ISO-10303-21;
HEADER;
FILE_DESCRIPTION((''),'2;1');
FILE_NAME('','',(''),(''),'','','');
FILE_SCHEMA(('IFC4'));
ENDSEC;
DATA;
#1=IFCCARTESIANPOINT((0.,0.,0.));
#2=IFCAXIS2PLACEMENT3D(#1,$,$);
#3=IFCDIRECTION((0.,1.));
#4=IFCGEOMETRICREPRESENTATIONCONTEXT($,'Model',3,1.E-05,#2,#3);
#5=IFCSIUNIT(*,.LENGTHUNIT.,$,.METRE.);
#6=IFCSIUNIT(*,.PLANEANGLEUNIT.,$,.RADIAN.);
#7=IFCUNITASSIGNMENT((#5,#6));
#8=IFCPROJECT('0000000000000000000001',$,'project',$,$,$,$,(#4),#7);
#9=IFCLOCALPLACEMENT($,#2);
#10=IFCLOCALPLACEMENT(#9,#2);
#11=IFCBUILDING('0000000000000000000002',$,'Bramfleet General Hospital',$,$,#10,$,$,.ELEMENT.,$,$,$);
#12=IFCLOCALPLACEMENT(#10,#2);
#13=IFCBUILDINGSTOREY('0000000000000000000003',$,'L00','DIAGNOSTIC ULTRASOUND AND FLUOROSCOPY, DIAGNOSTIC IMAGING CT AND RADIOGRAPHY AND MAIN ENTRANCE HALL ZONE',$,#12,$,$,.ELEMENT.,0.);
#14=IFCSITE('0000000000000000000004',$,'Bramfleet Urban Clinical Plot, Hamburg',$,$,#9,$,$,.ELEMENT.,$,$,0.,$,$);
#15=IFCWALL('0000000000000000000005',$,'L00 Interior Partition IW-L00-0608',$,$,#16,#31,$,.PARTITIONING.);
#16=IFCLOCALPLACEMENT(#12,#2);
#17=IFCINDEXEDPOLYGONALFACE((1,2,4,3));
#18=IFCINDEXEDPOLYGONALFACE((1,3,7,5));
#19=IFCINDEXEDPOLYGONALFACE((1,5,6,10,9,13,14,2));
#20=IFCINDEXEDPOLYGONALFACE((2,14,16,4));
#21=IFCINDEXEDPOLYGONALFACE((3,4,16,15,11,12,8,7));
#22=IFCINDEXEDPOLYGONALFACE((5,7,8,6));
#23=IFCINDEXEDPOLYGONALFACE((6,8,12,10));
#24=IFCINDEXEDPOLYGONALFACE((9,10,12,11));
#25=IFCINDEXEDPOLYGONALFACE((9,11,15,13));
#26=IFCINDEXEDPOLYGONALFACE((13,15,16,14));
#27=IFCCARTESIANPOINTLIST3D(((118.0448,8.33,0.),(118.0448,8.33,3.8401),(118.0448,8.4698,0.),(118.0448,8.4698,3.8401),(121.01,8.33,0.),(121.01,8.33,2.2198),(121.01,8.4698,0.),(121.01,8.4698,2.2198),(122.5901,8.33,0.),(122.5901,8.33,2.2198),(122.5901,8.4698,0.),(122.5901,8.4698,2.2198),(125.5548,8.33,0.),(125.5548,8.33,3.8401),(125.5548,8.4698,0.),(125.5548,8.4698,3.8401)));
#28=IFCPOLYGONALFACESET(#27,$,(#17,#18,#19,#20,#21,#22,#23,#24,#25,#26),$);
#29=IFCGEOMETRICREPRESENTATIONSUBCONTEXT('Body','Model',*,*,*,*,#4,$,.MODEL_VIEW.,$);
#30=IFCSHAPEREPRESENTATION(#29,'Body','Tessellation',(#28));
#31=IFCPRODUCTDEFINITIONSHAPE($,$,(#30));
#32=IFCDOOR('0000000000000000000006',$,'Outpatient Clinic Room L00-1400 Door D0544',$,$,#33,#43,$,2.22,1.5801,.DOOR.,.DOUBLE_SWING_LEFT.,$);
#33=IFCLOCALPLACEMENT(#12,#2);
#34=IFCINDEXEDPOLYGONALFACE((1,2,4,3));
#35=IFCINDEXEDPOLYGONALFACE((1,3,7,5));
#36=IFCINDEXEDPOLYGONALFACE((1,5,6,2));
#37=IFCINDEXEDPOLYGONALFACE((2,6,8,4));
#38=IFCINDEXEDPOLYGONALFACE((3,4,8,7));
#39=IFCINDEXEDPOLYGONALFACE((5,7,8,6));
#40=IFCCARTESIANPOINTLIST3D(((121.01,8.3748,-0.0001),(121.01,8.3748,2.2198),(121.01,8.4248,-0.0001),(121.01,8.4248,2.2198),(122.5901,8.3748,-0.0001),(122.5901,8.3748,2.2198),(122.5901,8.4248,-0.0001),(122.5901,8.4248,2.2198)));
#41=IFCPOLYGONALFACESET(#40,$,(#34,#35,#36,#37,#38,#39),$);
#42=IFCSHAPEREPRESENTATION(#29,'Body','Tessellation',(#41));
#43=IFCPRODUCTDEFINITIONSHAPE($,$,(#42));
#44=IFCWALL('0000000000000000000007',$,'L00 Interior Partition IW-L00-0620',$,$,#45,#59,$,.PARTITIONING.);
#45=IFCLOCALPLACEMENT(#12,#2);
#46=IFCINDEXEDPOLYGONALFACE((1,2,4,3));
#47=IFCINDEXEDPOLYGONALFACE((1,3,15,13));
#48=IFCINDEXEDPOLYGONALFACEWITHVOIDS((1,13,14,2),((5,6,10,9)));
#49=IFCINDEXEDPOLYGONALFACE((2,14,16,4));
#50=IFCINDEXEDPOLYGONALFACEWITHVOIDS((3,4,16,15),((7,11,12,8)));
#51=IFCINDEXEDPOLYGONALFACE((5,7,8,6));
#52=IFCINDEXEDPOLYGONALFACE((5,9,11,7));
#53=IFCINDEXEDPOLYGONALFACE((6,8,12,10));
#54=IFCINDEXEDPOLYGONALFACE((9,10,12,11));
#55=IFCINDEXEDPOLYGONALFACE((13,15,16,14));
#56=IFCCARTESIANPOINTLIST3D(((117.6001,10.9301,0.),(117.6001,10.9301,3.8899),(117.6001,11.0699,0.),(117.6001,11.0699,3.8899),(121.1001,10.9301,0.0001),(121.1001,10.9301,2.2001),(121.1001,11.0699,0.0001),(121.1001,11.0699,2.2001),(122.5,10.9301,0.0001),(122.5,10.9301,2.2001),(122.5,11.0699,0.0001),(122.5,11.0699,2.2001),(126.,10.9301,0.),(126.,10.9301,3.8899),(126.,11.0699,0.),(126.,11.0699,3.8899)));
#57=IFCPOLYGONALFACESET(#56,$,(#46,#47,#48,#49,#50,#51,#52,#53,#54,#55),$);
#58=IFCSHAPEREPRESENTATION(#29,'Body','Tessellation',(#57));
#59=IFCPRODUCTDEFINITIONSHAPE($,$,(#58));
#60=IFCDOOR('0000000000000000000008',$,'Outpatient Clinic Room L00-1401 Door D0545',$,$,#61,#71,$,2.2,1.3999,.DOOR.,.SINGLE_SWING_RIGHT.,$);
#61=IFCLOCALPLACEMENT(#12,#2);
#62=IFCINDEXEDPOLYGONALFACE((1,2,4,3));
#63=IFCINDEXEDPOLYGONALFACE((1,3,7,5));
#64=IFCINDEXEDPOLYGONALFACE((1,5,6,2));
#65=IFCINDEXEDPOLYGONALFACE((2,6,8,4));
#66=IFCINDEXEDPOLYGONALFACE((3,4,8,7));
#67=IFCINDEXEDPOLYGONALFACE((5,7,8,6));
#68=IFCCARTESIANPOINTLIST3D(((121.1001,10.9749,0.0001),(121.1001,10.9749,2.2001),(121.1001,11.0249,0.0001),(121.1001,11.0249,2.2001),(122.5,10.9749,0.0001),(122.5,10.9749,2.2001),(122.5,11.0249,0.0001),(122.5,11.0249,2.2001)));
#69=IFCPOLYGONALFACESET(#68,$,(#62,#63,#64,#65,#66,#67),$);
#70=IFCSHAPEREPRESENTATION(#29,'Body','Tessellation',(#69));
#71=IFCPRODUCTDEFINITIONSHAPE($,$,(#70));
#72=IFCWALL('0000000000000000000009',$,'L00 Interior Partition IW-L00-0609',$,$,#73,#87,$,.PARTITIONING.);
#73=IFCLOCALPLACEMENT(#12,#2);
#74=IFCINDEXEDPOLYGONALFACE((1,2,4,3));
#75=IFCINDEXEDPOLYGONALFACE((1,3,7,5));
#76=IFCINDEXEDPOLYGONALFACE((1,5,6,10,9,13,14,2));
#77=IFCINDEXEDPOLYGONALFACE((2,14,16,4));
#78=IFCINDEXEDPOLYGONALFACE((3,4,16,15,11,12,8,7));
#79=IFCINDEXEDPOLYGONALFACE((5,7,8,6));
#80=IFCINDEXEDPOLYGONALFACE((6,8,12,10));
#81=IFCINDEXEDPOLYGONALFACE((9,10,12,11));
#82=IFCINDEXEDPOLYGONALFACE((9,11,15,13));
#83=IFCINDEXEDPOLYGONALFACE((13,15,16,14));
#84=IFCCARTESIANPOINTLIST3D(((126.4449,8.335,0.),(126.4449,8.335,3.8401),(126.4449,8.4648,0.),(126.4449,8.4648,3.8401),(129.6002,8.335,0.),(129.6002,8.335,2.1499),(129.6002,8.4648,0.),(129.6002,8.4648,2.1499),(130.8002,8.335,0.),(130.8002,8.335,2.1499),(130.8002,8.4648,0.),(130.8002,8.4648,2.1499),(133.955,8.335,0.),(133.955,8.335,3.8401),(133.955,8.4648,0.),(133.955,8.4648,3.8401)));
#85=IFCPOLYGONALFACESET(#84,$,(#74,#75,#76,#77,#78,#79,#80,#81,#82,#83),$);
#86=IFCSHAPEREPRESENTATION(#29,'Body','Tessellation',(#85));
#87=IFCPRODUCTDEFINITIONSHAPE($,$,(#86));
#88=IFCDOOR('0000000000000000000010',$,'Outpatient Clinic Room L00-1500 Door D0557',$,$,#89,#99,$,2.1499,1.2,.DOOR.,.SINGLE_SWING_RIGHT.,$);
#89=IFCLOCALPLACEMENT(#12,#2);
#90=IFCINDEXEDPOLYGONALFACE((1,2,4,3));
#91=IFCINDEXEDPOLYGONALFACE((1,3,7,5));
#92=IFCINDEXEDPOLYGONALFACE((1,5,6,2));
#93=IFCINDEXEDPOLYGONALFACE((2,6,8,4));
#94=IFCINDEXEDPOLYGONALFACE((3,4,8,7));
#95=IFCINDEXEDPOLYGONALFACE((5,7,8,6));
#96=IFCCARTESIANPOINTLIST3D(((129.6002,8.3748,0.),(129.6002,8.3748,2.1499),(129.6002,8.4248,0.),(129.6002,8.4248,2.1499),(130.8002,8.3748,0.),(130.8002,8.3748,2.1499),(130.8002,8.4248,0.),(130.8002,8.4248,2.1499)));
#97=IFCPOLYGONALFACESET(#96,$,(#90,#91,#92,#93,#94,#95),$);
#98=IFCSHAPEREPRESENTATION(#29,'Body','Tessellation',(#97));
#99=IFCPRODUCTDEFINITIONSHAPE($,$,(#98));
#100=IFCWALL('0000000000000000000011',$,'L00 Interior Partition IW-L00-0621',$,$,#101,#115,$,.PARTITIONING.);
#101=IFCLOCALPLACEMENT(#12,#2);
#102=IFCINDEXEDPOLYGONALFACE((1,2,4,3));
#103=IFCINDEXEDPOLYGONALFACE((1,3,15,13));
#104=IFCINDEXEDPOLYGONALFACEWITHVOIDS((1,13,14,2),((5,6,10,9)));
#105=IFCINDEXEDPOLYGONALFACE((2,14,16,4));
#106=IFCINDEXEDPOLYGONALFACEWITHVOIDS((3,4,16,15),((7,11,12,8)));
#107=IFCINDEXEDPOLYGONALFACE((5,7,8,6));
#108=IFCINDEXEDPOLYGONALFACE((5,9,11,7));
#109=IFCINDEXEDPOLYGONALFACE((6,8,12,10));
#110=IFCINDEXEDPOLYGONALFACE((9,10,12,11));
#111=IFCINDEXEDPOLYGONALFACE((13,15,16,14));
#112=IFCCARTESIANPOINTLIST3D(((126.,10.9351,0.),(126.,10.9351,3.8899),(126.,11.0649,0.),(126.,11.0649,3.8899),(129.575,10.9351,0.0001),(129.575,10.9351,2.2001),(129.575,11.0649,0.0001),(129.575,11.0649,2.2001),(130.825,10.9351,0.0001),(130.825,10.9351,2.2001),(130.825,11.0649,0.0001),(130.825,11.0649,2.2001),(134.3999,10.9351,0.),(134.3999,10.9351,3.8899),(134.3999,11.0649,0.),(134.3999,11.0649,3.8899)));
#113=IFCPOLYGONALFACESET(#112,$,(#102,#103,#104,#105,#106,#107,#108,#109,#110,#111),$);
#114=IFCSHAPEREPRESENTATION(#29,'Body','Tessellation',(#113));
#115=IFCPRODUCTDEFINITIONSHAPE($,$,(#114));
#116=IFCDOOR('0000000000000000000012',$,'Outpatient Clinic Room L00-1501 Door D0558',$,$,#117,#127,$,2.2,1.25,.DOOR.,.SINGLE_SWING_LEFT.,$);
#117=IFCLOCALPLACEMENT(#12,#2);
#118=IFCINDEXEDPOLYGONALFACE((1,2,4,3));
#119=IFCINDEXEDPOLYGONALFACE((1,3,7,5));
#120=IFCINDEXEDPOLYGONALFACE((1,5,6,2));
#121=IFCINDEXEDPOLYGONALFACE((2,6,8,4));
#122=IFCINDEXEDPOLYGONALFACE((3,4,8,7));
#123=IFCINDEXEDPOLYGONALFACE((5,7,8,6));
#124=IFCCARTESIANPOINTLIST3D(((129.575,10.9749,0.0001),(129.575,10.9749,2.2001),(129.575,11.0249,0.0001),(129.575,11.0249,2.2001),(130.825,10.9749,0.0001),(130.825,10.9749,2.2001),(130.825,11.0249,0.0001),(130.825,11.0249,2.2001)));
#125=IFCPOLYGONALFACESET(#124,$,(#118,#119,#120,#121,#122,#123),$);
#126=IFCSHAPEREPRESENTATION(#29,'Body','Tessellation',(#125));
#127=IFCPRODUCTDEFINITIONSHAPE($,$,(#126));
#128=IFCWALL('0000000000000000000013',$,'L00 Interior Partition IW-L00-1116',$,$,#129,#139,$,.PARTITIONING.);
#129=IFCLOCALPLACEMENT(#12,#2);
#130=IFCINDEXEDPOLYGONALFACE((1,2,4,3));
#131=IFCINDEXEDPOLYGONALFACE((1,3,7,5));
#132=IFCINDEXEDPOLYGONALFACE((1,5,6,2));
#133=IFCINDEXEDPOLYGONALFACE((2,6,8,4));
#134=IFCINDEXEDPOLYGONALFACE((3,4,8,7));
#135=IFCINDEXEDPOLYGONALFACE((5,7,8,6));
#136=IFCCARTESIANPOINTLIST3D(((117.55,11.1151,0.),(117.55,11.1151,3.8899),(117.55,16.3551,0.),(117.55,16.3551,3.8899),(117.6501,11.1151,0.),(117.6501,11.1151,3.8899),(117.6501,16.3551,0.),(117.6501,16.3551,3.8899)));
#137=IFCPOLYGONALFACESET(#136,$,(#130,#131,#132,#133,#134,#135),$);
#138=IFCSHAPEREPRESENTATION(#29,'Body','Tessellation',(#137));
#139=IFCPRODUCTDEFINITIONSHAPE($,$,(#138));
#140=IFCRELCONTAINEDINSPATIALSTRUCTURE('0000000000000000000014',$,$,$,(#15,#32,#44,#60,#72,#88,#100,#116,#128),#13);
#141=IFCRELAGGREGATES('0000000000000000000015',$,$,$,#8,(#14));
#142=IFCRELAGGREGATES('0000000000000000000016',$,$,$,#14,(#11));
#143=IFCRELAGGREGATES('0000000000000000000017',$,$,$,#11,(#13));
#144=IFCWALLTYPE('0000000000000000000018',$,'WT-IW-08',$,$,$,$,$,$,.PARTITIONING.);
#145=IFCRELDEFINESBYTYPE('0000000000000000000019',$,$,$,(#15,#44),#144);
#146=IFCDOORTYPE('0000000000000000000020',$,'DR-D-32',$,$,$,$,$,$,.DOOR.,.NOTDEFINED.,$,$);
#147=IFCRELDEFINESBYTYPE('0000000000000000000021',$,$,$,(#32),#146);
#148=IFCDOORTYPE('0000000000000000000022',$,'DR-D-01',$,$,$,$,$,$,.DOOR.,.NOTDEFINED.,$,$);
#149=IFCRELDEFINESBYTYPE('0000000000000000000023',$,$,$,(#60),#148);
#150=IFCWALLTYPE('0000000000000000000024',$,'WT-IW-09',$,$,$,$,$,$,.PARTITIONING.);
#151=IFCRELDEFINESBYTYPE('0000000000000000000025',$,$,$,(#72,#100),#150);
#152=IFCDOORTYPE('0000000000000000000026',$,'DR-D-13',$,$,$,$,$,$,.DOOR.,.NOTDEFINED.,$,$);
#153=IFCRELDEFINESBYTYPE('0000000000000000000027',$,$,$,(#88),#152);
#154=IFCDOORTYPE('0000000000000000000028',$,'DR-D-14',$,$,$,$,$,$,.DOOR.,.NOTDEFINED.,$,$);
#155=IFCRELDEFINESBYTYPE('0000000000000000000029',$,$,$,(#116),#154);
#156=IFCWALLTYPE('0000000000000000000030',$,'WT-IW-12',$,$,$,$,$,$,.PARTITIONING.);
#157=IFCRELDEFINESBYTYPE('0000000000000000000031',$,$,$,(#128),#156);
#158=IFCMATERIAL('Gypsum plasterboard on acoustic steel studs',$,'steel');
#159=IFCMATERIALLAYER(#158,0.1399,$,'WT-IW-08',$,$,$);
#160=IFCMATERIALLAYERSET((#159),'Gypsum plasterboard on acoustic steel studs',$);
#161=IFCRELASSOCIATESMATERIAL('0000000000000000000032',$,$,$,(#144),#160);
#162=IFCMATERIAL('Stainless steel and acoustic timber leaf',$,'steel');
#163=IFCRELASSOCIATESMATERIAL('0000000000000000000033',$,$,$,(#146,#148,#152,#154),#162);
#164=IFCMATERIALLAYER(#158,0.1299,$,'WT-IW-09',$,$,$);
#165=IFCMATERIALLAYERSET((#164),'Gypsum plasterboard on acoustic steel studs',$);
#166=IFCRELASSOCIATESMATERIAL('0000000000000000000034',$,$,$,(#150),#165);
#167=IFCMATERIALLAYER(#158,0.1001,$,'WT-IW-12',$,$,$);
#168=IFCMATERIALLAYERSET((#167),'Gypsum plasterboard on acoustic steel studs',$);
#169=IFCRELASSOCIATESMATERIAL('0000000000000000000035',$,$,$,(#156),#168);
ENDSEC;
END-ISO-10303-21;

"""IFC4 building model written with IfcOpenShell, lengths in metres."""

from ifc_helpers import new_model, si_unit, direction, frame, frame_2d, origin, place, context, subcontext, project, spatial, rectangle, extrude, material, layer, layer_set, type_object, element, fill, save


model = new_model("IFC4")

# Units and contexts
model_context = context("Model", 3, precision=1e-05, world=origin(), true_north=direction((0.0, 1.0)))
body_context = subcontext(model_context, "Body", "Model", "MODEL_VIEW")
ifc_project = project(units=[si_unit("LENGTHUNIT", "METRE"), si_unit("PLANEANGLEUNIT", "RADIAN")], contexts=[model_context])

# Site, building, storey
site_placement = place(None, origin())
site = spatial("IfcSite", under=ifc_project, at=site_placement, Name="Bramfleet Urban Clinical Plot, Hamburg", CompositionType="ELEMENT", RefElevation=0.0)
building_placement = place(site_placement, origin())
building = spatial("IfcBuilding", under=site, at=building_placement, Name="Bramfleet General Hospital", CompositionType="ELEMENT")
storey_placement = place(building_placement, origin())
storey = spatial("IfcBuildingStorey", under=building, at=storey_placement, Name="L00", Description="DIAGNOSTIC ULTRASOUND AND FLUOROSCOPY, DIAGNOSTIC IMAGING CT AND RADIOGRAPHY AND MAIN ENTRANCE HALL ZONE", CompositionType="ELEMENT", Elevation=0.0)

# Walls, openings, doors
ifc_material_1 = material(Name="Gypsum plasterboard on acoustic steel studs", Category="steel")
ifc_layer_1 = layer(ifc_material_1, 0.1399, Name="WT-IW-08")
ifc_layer_set_1 = layer_set([ifc_layer_1], Name="Gypsum plasterboard on acoustic steel studs")
wall_type_1 = type_object("IfcWallType", Name="WT-IW-08", PredefinedType="PARTITIONING", material=ifc_layer_set_1)
wall_1_placement = place(storey_placement, frame((118.0449, 8.3999, 0.0), z_axis=(0.0, 0.0, 1.0), x_axis=(1.0, 0.0, 0.0)))
wall_1 = element("IfcWall", 1, at=wall_1_placement, inside=storey, type_object=wall_type_1, Name="L00 Interior Partition IW-L00-0608", PredefinedType="PARTITIONING", context=body_context, shape_type="SweptSolid", body=[
    extrude(rectangle(XDim=7.51, YDim=0.1399, at=frame_2d((3.7549, 0.0))), origin(), (0.0, 0.0, 1.0), 3.8401),
])
opening_1_placement = place(wall_1_placement, frame((2.9651, 0.0, 0.0)))
opening_1 = element("IfcOpeningElement", 2, at=opening_1_placement, cuts=wall_1, PredefinedType="OPENING", context=body_context, shape_type="SweptSolid", body=[
    extrude(rectangle(XDim=1.5801, YDim=2.22, at=frame_2d((0.79, 1.1099))), frame((0.0, 0.0798, 0.0), z_axis=(0.0, -1.0, 0.0), x_axis=(1.0, 0.0, 0.0)), (0.0, 0.0, 1.0), 0.1599),
])
ifc_material_2 = material(Name="Stainless steel and acoustic timber leaf", Category="steel")
door_type_1 = type_object("IfcDoorType", Name="DR-D-32", OperationType="NOTDEFINED", PredefinedType="DOOR", material=ifc_material_2)
door_1_placement = place(opening_1_placement, origin())
door_1 = element("IfcDoor", 3, at=door_1_placement, inside=storey, type_object=door_type_1, Name="Outpatient Clinic Room L00-1400 Door D0544", OperationType="DOUBLE_SWING_LEFT", OverallHeight=2.22, OverallWidth=1.5801, PredefinedType="DOOR", context=body_context, shape_type="SweptSolid", body=[
    extrude(rectangle(XDim=1.5801, YDim=2.22, at=frame_2d((0.79, 1.1099))), frame((0.0, 0.0249, 0.0), z_axis=(0.0, -1.0, 0.0), x_axis=(1.0, 0.0, 0.0)), (0.0, 0.0, 1.0), 0.05),
])
fill(opening_1, door_1)
wall_2_placement = place(storey_placement, frame((117.6001, 11.0, 0.0), z_axis=(0.0, 0.0, 1.0), x_axis=(1.0, 0.0, 0.0)))
wall_2 = element("IfcWall", 4, at=wall_2_placement, inside=storey, type_object=wall_type_1, Name="L00 Interior Partition IW-L00-0620", PredefinedType="PARTITIONING", context=body_context, shape_type="SweptSolid", body=[
    extrude(rectangle(XDim=8.3999, YDim=0.1399, at=frame_2d((4.2, 0.0))), origin(), (0.0, 0.0, 1.0), 3.8899),
])
opening_2_placement = place(wall_2_placement, frame((3.5, 0.0, 0.0)))
opening_2 = element("IfcOpeningElement", 5, at=opening_2_placement, cuts=wall_2, PredefinedType="OPENING", context=body_context, shape_type="SweptSolid", body=[
    extrude(rectangle(XDim=1.3999, YDim=2.2, at=frame_2d((0.7, 1.1001))), frame((0.0, 0.0798, 0.0), z_axis=(0.0, -1.0, 0.0), x_axis=(1.0, 0.0, 0.0)), (0.0, 0.0, 1.0), 0.1599),
])
door_type_2 = type_object("IfcDoorType", Name="DR-D-01", OperationType="NOTDEFINED", PredefinedType="DOOR", material=ifc_material_2)
door_2_placement = place(opening_2_placement, origin())
door_2 = element("IfcDoor", 6, at=door_2_placement, inside=storey, type_object=door_type_2, Name="Outpatient Clinic Room L00-1401 Door D0545", OperationType="SINGLE_SWING_RIGHT", OverallHeight=2.2, OverallWidth=1.3999, PredefinedType="DOOR", context=body_context, shape_type="SweptSolid", body=[
    extrude(rectangle(XDim=1.3999, YDim=2.2, at=frame_2d((0.7, 1.1001))), frame((0.0, 0.0249, 0.0), z_axis=(0.0, -1.0, 0.0), x_axis=(1.0, 0.0, 0.0)), (0.0, 0.0, 1.0), 0.05),
])
fill(opening_2, door_2)
ifc_layer_2 = layer(ifc_material_1, 0.1299, Name="WT-IW-09")
ifc_layer_set_2 = layer_set([ifc_layer_2], Name="Gypsum plasterboard on acoustic steel studs")
wall_type_2 = type_object("IfcWallType", Name="WT-IW-09", PredefinedType="PARTITIONING", material=ifc_layer_set_2)
wall_3_placement = place(storey_placement, frame((126.4451, 8.3999, 0.0), z_axis=(0.0, 0.0, 1.0), x_axis=(1.0, 0.0, 0.0)))
wall_3 = element("IfcWall", 7, at=wall_3_placement, inside=storey, type_object=wall_type_2, Name="L00 Interior Partition IW-L00-0609", PredefinedType="PARTITIONING", context=body_context, shape_type="SweptSolid", body=[
    extrude(rectangle(XDim=7.51, YDim=0.1299, at=frame_2d((3.7549, 0.0))), origin(), (0.0, 0.0, 1.0), 3.8401),
])
opening_3_placement = place(wall_3_placement, frame((3.155, 0.0, 0.0)))
opening_3 = element("IfcOpeningElement", 8, at=opening_3_placement, cuts=wall_3, PredefinedType="OPENING", context=body_context, shape_type="SweptSolid", body=[
    extrude(rectangle(XDim=1.2, YDim=2.1499, at=frame_2d((0.6001, 1.075))), frame((0.0, 0.075, 0.0), z_axis=(0.0, -1.0, 0.0), x_axis=(1.0, 0.0, 0.0)), (0.0, 0.0, 1.0), 0.1499),
])
door_type_3 = type_object("IfcDoorType", Name="DR-D-13", OperationType="NOTDEFINED", PredefinedType="DOOR", material=ifc_material_2)
door_3_placement = place(opening_3_placement, origin())
door_3 = element("IfcDoor", 9, at=door_3_placement, inside=storey, type_object=door_type_3, Name="Outpatient Clinic Room L00-1500 Door D0557", OperationType="SINGLE_SWING_RIGHT", OverallHeight=2.1499, OverallWidth=1.2, PredefinedType="DOOR", context=body_context, shape_type="SweptSolid", body=[
    extrude(rectangle(XDim=1.2, YDim=2.1499, at=frame_2d((0.6001, 1.075))), frame((0.0, 0.0249, 0.0), z_axis=(0.0, -1.0, 0.0), x_axis=(1.0, 0.0, 0.0)), (0.0, 0.0, 1.0), 0.05),
])
fill(opening_3, door_3)
wall_4_placement = place(storey_placement, frame((126.0, 11.0, 0.0), z_axis=(0.0, 0.0, 1.0), x_axis=(1.0, 0.0, 0.0)))
wall_4 = element("IfcWall", 10, at=wall_4_placement, inside=storey, type_object=wall_type_2, Name="L00 Interior Partition IW-L00-0621", PredefinedType="PARTITIONING", context=body_context, shape_type="SweptSolid", body=[
    extrude(rectangle(XDim=8.3999, YDim=0.1299, at=frame_2d((4.2, 0.0))), origin(), (0.0, 0.0, 1.0), 3.8899),
])
opening_4_placement = place(wall_4_placement, frame((3.575, 0.0, 0.0)))
opening_4 = element("IfcOpeningElement", 11, at=opening_4_placement, cuts=wall_4, PredefinedType="OPENING", context=body_context, shape_type="SweptSolid", body=[
    extrude(rectangle(XDim=1.25, YDim=2.2, at=frame_2d((0.625, 1.1001))), frame((0.0, 0.075, 0.0), z_axis=(0.0, -1.0, 0.0), x_axis=(1.0, 0.0, 0.0)), (0.0, 0.0, 1.0), 0.1499),
])
door_type_4 = type_object("IfcDoorType", Name="DR-D-14", OperationType="NOTDEFINED", PredefinedType="DOOR", material=ifc_material_2)
door_4_placement = place(opening_4_placement, origin())
door_4 = element("IfcDoor", 12, at=door_4_placement, inside=storey, type_object=door_type_4, Name="Outpatient Clinic Room L00-1501 Door D0558", OperationType="SINGLE_SWING_LEFT", OverallHeight=2.2, OverallWidth=1.25, PredefinedType="DOOR", context=body_context, shape_type="SweptSolid", body=[
    extrude(rectangle(XDim=1.25, YDim=2.2, at=frame_2d((0.625, 1.1001))), frame((0.0, 0.0249, 0.0), z_axis=(0.0, -1.0, 0.0), x_axis=(1.0, 0.0, 0.0)), (0.0, 0.0, 1.0), 0.05),
])
fill(opening_4, door_4)

# Wall
ifc_layer_3 = layer(ifc_material_1, 0.1001, Name="WT-IW-12")
ifc_layer_set_3 = layer_set([ifc_layer_3], Name="Gypsum plasterboard on acoustic steel studs")
wall_type_3 = type_object("IfcWallType", Name="WT-IW-12", PredefinedType="PARTITIONING", material=ifc_layer_set_3)
wall_5_placement = place(storey_placement, frame((117.6001, 11.115, 0.0), z_axis=(0.0, 0.0, 1.0), x_axis=(0.0, 1.0, 0.0)))
element("IfcWall", 13, at=wall_5_placement, inside=storey, type_object=wall_type_3, Name="L00 Interior Partition IW-L00-1116", PredefinedType="PARTITIONING", context=body_context, shape_type="SweptSolid", body=[
    extrude(rectangle(XDim=5.24, YDim=0.1001, at=frame_2d((2.6201, 0.0))), origin(), (0.0, 0.0, 1.0), 3.8899),
])

save(model, "model.ifc")
